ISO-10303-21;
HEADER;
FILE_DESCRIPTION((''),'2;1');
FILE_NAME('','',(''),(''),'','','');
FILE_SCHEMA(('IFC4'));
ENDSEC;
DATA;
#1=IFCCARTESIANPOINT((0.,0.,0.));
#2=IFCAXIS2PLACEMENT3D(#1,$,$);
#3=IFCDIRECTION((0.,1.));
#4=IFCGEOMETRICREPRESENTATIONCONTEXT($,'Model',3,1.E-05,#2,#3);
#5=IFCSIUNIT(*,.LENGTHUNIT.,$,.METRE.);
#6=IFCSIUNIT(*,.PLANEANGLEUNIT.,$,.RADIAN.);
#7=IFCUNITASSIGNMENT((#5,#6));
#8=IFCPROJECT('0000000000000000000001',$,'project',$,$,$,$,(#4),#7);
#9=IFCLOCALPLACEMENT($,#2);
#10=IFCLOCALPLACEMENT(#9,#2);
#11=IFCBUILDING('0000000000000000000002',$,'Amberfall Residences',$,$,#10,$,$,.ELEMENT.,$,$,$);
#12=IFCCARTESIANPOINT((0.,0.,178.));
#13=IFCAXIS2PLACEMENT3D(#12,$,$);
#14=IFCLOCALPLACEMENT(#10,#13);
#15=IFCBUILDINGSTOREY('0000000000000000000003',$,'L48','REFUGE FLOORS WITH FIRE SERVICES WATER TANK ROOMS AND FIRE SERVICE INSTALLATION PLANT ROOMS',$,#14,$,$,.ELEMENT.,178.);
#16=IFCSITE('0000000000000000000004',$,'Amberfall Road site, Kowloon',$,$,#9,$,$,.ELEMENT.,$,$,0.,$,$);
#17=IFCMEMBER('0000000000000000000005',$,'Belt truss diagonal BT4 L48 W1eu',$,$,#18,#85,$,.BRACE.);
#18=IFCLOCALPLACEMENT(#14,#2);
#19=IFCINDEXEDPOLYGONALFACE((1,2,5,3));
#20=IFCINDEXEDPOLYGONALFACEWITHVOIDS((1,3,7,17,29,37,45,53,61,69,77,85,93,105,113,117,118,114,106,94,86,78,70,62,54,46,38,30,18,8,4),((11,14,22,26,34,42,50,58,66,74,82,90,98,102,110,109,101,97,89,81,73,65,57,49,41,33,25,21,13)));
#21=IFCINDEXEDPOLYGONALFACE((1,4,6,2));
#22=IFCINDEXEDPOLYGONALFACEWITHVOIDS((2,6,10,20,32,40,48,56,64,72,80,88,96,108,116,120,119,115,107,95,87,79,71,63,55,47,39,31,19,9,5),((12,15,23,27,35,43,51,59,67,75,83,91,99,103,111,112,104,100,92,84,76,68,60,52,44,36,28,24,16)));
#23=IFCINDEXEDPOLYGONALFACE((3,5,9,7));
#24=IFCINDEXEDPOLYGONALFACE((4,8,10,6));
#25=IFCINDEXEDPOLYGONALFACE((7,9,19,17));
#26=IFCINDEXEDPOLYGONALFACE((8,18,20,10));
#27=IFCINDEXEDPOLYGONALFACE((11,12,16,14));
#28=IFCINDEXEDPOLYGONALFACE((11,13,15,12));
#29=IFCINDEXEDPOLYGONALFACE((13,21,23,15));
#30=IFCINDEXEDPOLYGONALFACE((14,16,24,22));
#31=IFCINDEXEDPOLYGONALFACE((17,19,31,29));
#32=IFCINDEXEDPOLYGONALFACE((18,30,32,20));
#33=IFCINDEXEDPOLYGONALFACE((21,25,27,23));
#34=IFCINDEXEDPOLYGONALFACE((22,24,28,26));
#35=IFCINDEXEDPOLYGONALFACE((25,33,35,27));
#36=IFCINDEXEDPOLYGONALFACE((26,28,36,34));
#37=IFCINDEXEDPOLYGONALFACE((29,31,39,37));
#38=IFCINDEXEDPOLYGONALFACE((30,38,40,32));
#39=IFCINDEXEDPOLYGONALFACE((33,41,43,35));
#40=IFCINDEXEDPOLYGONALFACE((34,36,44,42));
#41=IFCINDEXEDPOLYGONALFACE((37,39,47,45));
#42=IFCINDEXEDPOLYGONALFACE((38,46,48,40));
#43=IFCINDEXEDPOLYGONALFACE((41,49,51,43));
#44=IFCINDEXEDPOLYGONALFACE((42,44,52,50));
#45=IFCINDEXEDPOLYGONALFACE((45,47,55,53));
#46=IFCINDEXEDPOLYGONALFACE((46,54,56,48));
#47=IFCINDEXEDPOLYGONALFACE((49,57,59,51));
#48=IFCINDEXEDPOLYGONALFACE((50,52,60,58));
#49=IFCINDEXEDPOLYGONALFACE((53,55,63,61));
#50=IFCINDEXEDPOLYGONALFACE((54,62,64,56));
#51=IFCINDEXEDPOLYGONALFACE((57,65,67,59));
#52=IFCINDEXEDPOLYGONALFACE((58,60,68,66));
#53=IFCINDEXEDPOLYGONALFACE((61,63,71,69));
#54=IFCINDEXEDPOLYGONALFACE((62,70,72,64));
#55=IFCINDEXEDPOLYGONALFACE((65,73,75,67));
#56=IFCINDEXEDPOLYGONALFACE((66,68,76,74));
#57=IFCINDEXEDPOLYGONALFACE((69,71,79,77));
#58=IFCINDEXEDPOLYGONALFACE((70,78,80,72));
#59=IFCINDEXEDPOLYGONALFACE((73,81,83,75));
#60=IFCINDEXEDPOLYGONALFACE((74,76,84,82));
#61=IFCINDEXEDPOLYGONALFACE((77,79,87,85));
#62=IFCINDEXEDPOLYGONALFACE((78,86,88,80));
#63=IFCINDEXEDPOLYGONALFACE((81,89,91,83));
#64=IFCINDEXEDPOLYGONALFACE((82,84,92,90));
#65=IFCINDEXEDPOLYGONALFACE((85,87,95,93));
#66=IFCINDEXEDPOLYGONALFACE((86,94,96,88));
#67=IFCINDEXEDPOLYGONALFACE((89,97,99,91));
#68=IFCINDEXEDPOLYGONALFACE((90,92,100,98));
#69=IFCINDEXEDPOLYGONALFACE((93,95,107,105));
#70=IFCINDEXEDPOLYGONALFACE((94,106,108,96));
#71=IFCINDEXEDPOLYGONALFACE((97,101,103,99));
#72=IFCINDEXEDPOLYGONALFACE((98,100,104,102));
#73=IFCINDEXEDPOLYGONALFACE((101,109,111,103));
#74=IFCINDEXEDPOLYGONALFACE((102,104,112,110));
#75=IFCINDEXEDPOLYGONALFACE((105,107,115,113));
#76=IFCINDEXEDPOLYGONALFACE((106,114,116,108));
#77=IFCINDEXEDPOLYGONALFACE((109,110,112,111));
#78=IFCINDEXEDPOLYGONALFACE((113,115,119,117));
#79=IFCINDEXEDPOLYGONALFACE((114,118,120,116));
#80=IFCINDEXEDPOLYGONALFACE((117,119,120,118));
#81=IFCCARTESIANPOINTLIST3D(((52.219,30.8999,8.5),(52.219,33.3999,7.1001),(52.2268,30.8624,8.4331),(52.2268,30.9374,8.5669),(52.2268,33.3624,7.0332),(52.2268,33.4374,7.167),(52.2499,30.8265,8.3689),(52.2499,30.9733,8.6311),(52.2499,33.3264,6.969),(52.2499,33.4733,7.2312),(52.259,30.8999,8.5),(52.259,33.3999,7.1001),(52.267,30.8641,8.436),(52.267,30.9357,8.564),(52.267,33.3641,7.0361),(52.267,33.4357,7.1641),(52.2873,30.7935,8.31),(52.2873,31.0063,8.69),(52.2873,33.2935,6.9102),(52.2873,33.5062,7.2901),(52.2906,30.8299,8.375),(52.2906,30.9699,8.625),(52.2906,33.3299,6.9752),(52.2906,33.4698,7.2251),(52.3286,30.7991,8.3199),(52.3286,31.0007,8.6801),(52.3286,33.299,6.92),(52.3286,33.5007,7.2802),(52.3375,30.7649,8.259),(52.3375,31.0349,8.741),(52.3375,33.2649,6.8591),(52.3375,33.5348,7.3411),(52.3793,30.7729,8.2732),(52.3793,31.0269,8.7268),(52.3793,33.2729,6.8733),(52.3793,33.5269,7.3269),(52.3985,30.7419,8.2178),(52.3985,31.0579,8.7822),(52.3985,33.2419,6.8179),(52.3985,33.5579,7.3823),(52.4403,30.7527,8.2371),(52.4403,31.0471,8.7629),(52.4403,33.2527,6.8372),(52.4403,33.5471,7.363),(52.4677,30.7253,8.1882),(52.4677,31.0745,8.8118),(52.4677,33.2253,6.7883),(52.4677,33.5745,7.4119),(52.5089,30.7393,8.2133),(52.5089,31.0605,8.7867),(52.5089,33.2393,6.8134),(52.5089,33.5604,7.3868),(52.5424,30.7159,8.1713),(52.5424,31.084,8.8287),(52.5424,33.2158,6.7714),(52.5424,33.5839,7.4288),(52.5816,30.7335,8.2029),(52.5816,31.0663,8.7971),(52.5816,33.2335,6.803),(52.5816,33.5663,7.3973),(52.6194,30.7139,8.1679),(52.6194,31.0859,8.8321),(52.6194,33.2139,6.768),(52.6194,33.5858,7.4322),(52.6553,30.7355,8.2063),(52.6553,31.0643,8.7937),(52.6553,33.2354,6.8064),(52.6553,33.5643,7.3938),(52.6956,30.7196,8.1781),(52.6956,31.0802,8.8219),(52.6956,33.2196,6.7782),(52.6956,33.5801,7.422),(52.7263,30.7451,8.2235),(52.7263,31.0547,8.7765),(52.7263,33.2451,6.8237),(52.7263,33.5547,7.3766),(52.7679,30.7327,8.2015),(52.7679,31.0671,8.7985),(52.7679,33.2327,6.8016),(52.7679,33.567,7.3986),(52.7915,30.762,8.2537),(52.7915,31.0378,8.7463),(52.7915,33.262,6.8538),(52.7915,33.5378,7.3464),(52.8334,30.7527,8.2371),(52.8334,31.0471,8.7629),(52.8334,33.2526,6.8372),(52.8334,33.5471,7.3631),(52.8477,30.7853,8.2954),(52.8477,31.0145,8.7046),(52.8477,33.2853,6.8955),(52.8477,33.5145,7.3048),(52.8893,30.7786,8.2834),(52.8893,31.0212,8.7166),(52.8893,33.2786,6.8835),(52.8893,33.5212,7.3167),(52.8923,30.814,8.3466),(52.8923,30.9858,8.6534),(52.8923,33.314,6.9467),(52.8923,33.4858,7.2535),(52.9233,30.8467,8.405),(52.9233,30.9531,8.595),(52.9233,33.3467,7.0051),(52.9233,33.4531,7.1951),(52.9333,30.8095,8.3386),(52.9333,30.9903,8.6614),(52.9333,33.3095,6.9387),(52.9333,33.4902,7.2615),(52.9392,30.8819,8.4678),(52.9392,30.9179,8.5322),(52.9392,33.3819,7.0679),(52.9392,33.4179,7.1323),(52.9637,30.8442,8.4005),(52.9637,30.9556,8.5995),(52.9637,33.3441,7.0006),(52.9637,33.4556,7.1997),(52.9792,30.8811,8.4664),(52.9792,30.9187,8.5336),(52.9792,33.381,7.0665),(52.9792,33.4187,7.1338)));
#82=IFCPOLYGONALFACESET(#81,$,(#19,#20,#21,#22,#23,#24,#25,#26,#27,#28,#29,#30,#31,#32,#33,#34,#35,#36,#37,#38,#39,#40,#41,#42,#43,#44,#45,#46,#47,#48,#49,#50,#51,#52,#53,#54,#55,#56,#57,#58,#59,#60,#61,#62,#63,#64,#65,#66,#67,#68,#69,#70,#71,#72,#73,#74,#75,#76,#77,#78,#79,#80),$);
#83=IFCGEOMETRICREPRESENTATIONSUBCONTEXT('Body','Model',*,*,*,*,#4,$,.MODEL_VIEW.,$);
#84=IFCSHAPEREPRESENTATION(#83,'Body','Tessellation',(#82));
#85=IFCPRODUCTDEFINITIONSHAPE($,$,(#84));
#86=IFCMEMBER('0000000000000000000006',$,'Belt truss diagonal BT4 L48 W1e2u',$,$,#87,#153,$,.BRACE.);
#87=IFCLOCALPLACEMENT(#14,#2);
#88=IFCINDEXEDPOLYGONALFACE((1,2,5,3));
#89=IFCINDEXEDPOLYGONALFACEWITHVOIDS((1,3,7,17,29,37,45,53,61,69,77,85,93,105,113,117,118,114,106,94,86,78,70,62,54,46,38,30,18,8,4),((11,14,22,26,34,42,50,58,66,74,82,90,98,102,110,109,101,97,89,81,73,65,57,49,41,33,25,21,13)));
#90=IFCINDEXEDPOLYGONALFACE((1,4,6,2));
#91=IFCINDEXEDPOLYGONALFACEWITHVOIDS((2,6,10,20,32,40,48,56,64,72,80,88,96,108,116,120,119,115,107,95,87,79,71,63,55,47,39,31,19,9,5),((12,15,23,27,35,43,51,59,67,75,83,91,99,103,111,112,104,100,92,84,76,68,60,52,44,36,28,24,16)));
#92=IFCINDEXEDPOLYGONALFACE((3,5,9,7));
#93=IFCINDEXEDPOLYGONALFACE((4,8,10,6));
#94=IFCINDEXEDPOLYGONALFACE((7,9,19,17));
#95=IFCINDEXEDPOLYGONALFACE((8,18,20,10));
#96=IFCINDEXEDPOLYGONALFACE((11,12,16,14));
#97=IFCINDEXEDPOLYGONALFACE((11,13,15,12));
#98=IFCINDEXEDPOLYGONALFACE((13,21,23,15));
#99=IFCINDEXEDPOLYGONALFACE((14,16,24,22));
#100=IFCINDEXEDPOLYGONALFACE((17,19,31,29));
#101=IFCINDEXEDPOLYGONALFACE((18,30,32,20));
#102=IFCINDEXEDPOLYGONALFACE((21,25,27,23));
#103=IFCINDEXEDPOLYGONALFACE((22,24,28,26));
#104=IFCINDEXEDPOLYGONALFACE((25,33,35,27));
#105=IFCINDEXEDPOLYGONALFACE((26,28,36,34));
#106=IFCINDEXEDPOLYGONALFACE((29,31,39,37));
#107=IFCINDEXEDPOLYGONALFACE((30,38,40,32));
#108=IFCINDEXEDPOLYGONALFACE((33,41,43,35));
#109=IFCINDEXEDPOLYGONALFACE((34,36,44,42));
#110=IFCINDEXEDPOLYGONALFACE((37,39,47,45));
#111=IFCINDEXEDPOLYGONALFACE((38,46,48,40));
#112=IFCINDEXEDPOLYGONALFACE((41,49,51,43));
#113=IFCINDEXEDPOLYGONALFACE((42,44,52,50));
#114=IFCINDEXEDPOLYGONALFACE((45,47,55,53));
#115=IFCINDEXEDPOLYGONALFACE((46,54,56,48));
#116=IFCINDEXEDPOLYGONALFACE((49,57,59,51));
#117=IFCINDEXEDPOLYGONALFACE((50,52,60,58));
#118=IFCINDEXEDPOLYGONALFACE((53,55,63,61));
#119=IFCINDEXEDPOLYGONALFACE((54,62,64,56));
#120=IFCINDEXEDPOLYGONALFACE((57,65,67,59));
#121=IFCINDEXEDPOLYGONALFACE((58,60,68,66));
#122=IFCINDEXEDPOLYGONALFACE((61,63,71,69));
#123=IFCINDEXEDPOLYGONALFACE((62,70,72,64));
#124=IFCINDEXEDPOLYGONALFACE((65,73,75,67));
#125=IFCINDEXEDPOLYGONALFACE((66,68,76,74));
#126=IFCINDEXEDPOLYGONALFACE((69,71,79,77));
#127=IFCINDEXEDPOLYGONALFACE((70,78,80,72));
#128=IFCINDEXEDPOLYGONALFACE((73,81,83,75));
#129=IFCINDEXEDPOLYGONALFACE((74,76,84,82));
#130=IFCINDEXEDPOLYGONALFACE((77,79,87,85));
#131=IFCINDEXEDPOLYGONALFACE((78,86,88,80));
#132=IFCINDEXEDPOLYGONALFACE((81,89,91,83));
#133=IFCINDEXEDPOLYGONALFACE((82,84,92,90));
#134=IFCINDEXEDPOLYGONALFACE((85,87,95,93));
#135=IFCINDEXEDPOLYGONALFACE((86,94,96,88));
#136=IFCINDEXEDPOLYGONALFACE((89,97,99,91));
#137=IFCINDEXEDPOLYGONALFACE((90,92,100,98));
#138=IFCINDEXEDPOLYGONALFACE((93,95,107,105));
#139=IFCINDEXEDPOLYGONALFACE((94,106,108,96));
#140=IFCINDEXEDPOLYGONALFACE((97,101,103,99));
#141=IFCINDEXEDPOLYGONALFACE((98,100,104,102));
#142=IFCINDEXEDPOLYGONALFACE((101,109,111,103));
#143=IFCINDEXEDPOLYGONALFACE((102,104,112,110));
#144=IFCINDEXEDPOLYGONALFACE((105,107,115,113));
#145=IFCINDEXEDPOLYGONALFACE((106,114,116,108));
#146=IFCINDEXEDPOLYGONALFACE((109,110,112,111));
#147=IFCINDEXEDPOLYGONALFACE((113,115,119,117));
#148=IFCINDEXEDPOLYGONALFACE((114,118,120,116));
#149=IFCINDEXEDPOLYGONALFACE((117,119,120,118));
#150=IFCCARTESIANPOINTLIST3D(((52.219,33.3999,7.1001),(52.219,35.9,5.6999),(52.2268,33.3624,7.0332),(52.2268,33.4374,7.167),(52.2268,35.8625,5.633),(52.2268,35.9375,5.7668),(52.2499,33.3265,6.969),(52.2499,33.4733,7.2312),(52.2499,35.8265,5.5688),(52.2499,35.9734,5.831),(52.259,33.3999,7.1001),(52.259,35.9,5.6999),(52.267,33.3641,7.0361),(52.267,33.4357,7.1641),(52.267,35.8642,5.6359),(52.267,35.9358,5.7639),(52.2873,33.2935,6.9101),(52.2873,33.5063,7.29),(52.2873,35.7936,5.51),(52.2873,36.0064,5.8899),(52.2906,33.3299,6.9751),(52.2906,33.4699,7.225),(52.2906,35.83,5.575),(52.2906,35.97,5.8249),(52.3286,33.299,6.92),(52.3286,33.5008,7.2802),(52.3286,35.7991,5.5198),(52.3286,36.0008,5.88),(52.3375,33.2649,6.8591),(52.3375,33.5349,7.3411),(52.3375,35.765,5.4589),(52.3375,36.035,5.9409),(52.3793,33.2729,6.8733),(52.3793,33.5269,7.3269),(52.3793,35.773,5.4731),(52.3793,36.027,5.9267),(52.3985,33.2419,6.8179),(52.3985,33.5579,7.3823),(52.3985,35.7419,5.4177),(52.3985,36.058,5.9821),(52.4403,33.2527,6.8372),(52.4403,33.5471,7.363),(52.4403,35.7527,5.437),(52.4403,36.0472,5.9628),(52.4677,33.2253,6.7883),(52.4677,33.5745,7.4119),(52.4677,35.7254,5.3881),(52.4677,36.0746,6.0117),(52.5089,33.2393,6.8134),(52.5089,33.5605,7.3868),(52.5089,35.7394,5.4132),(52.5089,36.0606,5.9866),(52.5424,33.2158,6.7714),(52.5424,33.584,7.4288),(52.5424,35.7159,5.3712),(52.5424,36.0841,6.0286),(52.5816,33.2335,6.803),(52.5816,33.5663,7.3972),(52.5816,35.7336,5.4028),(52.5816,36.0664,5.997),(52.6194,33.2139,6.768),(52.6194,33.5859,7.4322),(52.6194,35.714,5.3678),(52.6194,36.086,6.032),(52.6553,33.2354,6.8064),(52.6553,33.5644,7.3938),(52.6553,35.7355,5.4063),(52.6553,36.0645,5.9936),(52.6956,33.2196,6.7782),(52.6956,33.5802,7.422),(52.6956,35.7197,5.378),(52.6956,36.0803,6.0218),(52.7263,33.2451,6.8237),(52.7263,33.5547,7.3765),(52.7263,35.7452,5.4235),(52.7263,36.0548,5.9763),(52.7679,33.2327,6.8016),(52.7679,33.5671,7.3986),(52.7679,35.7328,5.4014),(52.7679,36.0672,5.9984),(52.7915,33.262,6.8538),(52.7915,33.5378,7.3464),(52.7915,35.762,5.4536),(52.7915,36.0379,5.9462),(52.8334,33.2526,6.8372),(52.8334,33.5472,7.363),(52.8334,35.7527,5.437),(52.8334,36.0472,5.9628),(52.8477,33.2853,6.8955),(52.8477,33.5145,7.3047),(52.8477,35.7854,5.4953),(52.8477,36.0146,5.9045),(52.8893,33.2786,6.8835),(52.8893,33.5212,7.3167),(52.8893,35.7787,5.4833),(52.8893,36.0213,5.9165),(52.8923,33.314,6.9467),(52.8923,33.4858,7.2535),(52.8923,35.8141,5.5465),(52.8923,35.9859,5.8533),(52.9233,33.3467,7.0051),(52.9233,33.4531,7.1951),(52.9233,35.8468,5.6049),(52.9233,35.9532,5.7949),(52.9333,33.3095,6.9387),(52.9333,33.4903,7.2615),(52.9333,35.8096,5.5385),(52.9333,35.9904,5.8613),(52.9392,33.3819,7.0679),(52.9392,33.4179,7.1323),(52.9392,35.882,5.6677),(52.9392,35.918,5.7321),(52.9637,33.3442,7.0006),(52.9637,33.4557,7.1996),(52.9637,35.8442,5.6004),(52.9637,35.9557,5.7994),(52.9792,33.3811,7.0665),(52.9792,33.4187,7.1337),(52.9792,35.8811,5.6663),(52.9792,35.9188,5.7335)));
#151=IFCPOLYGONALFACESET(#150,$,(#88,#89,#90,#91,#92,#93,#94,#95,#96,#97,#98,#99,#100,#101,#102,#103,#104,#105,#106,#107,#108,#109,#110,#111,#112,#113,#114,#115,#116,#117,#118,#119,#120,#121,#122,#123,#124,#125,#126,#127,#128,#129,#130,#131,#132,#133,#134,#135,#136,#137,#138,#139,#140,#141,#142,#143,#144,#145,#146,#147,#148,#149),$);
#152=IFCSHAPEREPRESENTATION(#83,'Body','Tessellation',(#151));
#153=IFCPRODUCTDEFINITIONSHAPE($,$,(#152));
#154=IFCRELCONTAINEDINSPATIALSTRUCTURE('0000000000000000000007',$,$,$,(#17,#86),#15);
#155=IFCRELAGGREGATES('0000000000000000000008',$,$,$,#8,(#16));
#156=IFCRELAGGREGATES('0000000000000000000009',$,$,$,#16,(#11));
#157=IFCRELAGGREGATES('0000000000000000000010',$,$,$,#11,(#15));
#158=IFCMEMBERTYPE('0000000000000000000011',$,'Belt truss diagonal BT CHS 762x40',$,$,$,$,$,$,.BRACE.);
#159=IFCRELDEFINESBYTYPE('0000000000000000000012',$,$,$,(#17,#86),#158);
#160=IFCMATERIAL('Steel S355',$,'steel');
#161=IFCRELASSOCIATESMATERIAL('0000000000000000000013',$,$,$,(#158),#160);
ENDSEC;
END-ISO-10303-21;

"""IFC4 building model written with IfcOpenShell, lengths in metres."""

from ifc_helpers import new_model, si_unit, direction, frame, origin, origin_2d, place, context, subcontext, project, spatial, hollow_circle, extrude, material, material_profile, profile_set, type_object, element, save


model = new_model("IFC4")

# Units and contexts
model_context = context("Model", 3, precision=1e-05, world=origin(), true_north=direction((0.0, 1.0)))
body_context = subcontext(model_context, "Body", "Model", "MODEL_VIEW")
ifc_project = project(units=[si_unit("LENGTHUNIT", "METRE"), si_unit("PLANEANGLEUNIT", "RADIAN")], contexts=[model_context])

# Site, building, storey
site_placement = place(None, origin())
site = spatial("IfcSite", under=ifc_project, at=site_placement, Name="Amberfall Road site, Kowloon", CompositionType="ELEMENT", RefElevation=0.0)
building_placement = place(site_placement, origin())
building = spatial("IfcBuilding", under=site, at=building_placement, Name="Amberfall Residences", CompositionType="ELEMENT")
storey_placement = place(building_placement, frame((0.0, 0.0, 178.0)))
storey = spatial("IfcBuildingStorey", under=building, at=storey_placement, Name="L48", Description="REFUGE FLOORS WITH FIRE SERVICES WATER TANK ROOMS AND FIRE SERVICE INSTALLATION PLANT ROOMS", CompositionType="ELEMENT", Elevation=178.0)

# Shared definitions
ifc_material_1 = material(Name="Steel S355", Category="steel")

# Members
ifc_material_profile_1 = material_profile(ifc_material_1, hollow_circle(Radius=0.3811, WallThickness=0.04, at=origin_2d()), Name="CHS 762x40")
ifc_profile_set_1 = profile_set([ifc_material_profile_1], Name="Steel S355")
member_type = type_object("IfcMemberType", Name="Belt truss diagonal BT CHS 762x40", PredefinedType="BRACE", material=ifc_profile_set_1)
member_1_placement = place(storey_placement, frame((52.6001, 30.8999, 8.5), z_axis=(0.0, 0.872521, -0.488577), x_axis=(-1.0, 0.0, 0.0)))
element("IfcMember", 1, at=member_1_placement, inside=storey, type_object=member_type, Name="Belt truss diagonal BT4 L48 W1eu", PredefinedType="BRACE", context=body_context, shape_type="SweptSolid", body=[
    extrude(hollow_circle(Radius=0.3811, WallThickness=0.04, at=origin_2d()), origin(), (0.0, 0.0, 1.0), 2.8652),
])
member_2_placement = place(storey_placement, frame((52.6001, 33.3999, 7.1001), z_axis=(0.0, 0.872484, -0.488642), x_axis=(-1.0, 0.0, 0.0)))
element("IfcMember", 2, at=member_2_placement, inside=storey, type_object=member_type, Name="Belt truss diagonal BT4 L48 W1e2u", PredefinedType="BRACE", context=body_context, shape_type="SweptSolid", body=[
    extrude(hollow_circle(Radius=0.3811, WallThickness=0.04, at=origin_2d()), origin(), (0.0, 0.0, 1.0), 2.8655),
])

save(model, "model.ifc")
